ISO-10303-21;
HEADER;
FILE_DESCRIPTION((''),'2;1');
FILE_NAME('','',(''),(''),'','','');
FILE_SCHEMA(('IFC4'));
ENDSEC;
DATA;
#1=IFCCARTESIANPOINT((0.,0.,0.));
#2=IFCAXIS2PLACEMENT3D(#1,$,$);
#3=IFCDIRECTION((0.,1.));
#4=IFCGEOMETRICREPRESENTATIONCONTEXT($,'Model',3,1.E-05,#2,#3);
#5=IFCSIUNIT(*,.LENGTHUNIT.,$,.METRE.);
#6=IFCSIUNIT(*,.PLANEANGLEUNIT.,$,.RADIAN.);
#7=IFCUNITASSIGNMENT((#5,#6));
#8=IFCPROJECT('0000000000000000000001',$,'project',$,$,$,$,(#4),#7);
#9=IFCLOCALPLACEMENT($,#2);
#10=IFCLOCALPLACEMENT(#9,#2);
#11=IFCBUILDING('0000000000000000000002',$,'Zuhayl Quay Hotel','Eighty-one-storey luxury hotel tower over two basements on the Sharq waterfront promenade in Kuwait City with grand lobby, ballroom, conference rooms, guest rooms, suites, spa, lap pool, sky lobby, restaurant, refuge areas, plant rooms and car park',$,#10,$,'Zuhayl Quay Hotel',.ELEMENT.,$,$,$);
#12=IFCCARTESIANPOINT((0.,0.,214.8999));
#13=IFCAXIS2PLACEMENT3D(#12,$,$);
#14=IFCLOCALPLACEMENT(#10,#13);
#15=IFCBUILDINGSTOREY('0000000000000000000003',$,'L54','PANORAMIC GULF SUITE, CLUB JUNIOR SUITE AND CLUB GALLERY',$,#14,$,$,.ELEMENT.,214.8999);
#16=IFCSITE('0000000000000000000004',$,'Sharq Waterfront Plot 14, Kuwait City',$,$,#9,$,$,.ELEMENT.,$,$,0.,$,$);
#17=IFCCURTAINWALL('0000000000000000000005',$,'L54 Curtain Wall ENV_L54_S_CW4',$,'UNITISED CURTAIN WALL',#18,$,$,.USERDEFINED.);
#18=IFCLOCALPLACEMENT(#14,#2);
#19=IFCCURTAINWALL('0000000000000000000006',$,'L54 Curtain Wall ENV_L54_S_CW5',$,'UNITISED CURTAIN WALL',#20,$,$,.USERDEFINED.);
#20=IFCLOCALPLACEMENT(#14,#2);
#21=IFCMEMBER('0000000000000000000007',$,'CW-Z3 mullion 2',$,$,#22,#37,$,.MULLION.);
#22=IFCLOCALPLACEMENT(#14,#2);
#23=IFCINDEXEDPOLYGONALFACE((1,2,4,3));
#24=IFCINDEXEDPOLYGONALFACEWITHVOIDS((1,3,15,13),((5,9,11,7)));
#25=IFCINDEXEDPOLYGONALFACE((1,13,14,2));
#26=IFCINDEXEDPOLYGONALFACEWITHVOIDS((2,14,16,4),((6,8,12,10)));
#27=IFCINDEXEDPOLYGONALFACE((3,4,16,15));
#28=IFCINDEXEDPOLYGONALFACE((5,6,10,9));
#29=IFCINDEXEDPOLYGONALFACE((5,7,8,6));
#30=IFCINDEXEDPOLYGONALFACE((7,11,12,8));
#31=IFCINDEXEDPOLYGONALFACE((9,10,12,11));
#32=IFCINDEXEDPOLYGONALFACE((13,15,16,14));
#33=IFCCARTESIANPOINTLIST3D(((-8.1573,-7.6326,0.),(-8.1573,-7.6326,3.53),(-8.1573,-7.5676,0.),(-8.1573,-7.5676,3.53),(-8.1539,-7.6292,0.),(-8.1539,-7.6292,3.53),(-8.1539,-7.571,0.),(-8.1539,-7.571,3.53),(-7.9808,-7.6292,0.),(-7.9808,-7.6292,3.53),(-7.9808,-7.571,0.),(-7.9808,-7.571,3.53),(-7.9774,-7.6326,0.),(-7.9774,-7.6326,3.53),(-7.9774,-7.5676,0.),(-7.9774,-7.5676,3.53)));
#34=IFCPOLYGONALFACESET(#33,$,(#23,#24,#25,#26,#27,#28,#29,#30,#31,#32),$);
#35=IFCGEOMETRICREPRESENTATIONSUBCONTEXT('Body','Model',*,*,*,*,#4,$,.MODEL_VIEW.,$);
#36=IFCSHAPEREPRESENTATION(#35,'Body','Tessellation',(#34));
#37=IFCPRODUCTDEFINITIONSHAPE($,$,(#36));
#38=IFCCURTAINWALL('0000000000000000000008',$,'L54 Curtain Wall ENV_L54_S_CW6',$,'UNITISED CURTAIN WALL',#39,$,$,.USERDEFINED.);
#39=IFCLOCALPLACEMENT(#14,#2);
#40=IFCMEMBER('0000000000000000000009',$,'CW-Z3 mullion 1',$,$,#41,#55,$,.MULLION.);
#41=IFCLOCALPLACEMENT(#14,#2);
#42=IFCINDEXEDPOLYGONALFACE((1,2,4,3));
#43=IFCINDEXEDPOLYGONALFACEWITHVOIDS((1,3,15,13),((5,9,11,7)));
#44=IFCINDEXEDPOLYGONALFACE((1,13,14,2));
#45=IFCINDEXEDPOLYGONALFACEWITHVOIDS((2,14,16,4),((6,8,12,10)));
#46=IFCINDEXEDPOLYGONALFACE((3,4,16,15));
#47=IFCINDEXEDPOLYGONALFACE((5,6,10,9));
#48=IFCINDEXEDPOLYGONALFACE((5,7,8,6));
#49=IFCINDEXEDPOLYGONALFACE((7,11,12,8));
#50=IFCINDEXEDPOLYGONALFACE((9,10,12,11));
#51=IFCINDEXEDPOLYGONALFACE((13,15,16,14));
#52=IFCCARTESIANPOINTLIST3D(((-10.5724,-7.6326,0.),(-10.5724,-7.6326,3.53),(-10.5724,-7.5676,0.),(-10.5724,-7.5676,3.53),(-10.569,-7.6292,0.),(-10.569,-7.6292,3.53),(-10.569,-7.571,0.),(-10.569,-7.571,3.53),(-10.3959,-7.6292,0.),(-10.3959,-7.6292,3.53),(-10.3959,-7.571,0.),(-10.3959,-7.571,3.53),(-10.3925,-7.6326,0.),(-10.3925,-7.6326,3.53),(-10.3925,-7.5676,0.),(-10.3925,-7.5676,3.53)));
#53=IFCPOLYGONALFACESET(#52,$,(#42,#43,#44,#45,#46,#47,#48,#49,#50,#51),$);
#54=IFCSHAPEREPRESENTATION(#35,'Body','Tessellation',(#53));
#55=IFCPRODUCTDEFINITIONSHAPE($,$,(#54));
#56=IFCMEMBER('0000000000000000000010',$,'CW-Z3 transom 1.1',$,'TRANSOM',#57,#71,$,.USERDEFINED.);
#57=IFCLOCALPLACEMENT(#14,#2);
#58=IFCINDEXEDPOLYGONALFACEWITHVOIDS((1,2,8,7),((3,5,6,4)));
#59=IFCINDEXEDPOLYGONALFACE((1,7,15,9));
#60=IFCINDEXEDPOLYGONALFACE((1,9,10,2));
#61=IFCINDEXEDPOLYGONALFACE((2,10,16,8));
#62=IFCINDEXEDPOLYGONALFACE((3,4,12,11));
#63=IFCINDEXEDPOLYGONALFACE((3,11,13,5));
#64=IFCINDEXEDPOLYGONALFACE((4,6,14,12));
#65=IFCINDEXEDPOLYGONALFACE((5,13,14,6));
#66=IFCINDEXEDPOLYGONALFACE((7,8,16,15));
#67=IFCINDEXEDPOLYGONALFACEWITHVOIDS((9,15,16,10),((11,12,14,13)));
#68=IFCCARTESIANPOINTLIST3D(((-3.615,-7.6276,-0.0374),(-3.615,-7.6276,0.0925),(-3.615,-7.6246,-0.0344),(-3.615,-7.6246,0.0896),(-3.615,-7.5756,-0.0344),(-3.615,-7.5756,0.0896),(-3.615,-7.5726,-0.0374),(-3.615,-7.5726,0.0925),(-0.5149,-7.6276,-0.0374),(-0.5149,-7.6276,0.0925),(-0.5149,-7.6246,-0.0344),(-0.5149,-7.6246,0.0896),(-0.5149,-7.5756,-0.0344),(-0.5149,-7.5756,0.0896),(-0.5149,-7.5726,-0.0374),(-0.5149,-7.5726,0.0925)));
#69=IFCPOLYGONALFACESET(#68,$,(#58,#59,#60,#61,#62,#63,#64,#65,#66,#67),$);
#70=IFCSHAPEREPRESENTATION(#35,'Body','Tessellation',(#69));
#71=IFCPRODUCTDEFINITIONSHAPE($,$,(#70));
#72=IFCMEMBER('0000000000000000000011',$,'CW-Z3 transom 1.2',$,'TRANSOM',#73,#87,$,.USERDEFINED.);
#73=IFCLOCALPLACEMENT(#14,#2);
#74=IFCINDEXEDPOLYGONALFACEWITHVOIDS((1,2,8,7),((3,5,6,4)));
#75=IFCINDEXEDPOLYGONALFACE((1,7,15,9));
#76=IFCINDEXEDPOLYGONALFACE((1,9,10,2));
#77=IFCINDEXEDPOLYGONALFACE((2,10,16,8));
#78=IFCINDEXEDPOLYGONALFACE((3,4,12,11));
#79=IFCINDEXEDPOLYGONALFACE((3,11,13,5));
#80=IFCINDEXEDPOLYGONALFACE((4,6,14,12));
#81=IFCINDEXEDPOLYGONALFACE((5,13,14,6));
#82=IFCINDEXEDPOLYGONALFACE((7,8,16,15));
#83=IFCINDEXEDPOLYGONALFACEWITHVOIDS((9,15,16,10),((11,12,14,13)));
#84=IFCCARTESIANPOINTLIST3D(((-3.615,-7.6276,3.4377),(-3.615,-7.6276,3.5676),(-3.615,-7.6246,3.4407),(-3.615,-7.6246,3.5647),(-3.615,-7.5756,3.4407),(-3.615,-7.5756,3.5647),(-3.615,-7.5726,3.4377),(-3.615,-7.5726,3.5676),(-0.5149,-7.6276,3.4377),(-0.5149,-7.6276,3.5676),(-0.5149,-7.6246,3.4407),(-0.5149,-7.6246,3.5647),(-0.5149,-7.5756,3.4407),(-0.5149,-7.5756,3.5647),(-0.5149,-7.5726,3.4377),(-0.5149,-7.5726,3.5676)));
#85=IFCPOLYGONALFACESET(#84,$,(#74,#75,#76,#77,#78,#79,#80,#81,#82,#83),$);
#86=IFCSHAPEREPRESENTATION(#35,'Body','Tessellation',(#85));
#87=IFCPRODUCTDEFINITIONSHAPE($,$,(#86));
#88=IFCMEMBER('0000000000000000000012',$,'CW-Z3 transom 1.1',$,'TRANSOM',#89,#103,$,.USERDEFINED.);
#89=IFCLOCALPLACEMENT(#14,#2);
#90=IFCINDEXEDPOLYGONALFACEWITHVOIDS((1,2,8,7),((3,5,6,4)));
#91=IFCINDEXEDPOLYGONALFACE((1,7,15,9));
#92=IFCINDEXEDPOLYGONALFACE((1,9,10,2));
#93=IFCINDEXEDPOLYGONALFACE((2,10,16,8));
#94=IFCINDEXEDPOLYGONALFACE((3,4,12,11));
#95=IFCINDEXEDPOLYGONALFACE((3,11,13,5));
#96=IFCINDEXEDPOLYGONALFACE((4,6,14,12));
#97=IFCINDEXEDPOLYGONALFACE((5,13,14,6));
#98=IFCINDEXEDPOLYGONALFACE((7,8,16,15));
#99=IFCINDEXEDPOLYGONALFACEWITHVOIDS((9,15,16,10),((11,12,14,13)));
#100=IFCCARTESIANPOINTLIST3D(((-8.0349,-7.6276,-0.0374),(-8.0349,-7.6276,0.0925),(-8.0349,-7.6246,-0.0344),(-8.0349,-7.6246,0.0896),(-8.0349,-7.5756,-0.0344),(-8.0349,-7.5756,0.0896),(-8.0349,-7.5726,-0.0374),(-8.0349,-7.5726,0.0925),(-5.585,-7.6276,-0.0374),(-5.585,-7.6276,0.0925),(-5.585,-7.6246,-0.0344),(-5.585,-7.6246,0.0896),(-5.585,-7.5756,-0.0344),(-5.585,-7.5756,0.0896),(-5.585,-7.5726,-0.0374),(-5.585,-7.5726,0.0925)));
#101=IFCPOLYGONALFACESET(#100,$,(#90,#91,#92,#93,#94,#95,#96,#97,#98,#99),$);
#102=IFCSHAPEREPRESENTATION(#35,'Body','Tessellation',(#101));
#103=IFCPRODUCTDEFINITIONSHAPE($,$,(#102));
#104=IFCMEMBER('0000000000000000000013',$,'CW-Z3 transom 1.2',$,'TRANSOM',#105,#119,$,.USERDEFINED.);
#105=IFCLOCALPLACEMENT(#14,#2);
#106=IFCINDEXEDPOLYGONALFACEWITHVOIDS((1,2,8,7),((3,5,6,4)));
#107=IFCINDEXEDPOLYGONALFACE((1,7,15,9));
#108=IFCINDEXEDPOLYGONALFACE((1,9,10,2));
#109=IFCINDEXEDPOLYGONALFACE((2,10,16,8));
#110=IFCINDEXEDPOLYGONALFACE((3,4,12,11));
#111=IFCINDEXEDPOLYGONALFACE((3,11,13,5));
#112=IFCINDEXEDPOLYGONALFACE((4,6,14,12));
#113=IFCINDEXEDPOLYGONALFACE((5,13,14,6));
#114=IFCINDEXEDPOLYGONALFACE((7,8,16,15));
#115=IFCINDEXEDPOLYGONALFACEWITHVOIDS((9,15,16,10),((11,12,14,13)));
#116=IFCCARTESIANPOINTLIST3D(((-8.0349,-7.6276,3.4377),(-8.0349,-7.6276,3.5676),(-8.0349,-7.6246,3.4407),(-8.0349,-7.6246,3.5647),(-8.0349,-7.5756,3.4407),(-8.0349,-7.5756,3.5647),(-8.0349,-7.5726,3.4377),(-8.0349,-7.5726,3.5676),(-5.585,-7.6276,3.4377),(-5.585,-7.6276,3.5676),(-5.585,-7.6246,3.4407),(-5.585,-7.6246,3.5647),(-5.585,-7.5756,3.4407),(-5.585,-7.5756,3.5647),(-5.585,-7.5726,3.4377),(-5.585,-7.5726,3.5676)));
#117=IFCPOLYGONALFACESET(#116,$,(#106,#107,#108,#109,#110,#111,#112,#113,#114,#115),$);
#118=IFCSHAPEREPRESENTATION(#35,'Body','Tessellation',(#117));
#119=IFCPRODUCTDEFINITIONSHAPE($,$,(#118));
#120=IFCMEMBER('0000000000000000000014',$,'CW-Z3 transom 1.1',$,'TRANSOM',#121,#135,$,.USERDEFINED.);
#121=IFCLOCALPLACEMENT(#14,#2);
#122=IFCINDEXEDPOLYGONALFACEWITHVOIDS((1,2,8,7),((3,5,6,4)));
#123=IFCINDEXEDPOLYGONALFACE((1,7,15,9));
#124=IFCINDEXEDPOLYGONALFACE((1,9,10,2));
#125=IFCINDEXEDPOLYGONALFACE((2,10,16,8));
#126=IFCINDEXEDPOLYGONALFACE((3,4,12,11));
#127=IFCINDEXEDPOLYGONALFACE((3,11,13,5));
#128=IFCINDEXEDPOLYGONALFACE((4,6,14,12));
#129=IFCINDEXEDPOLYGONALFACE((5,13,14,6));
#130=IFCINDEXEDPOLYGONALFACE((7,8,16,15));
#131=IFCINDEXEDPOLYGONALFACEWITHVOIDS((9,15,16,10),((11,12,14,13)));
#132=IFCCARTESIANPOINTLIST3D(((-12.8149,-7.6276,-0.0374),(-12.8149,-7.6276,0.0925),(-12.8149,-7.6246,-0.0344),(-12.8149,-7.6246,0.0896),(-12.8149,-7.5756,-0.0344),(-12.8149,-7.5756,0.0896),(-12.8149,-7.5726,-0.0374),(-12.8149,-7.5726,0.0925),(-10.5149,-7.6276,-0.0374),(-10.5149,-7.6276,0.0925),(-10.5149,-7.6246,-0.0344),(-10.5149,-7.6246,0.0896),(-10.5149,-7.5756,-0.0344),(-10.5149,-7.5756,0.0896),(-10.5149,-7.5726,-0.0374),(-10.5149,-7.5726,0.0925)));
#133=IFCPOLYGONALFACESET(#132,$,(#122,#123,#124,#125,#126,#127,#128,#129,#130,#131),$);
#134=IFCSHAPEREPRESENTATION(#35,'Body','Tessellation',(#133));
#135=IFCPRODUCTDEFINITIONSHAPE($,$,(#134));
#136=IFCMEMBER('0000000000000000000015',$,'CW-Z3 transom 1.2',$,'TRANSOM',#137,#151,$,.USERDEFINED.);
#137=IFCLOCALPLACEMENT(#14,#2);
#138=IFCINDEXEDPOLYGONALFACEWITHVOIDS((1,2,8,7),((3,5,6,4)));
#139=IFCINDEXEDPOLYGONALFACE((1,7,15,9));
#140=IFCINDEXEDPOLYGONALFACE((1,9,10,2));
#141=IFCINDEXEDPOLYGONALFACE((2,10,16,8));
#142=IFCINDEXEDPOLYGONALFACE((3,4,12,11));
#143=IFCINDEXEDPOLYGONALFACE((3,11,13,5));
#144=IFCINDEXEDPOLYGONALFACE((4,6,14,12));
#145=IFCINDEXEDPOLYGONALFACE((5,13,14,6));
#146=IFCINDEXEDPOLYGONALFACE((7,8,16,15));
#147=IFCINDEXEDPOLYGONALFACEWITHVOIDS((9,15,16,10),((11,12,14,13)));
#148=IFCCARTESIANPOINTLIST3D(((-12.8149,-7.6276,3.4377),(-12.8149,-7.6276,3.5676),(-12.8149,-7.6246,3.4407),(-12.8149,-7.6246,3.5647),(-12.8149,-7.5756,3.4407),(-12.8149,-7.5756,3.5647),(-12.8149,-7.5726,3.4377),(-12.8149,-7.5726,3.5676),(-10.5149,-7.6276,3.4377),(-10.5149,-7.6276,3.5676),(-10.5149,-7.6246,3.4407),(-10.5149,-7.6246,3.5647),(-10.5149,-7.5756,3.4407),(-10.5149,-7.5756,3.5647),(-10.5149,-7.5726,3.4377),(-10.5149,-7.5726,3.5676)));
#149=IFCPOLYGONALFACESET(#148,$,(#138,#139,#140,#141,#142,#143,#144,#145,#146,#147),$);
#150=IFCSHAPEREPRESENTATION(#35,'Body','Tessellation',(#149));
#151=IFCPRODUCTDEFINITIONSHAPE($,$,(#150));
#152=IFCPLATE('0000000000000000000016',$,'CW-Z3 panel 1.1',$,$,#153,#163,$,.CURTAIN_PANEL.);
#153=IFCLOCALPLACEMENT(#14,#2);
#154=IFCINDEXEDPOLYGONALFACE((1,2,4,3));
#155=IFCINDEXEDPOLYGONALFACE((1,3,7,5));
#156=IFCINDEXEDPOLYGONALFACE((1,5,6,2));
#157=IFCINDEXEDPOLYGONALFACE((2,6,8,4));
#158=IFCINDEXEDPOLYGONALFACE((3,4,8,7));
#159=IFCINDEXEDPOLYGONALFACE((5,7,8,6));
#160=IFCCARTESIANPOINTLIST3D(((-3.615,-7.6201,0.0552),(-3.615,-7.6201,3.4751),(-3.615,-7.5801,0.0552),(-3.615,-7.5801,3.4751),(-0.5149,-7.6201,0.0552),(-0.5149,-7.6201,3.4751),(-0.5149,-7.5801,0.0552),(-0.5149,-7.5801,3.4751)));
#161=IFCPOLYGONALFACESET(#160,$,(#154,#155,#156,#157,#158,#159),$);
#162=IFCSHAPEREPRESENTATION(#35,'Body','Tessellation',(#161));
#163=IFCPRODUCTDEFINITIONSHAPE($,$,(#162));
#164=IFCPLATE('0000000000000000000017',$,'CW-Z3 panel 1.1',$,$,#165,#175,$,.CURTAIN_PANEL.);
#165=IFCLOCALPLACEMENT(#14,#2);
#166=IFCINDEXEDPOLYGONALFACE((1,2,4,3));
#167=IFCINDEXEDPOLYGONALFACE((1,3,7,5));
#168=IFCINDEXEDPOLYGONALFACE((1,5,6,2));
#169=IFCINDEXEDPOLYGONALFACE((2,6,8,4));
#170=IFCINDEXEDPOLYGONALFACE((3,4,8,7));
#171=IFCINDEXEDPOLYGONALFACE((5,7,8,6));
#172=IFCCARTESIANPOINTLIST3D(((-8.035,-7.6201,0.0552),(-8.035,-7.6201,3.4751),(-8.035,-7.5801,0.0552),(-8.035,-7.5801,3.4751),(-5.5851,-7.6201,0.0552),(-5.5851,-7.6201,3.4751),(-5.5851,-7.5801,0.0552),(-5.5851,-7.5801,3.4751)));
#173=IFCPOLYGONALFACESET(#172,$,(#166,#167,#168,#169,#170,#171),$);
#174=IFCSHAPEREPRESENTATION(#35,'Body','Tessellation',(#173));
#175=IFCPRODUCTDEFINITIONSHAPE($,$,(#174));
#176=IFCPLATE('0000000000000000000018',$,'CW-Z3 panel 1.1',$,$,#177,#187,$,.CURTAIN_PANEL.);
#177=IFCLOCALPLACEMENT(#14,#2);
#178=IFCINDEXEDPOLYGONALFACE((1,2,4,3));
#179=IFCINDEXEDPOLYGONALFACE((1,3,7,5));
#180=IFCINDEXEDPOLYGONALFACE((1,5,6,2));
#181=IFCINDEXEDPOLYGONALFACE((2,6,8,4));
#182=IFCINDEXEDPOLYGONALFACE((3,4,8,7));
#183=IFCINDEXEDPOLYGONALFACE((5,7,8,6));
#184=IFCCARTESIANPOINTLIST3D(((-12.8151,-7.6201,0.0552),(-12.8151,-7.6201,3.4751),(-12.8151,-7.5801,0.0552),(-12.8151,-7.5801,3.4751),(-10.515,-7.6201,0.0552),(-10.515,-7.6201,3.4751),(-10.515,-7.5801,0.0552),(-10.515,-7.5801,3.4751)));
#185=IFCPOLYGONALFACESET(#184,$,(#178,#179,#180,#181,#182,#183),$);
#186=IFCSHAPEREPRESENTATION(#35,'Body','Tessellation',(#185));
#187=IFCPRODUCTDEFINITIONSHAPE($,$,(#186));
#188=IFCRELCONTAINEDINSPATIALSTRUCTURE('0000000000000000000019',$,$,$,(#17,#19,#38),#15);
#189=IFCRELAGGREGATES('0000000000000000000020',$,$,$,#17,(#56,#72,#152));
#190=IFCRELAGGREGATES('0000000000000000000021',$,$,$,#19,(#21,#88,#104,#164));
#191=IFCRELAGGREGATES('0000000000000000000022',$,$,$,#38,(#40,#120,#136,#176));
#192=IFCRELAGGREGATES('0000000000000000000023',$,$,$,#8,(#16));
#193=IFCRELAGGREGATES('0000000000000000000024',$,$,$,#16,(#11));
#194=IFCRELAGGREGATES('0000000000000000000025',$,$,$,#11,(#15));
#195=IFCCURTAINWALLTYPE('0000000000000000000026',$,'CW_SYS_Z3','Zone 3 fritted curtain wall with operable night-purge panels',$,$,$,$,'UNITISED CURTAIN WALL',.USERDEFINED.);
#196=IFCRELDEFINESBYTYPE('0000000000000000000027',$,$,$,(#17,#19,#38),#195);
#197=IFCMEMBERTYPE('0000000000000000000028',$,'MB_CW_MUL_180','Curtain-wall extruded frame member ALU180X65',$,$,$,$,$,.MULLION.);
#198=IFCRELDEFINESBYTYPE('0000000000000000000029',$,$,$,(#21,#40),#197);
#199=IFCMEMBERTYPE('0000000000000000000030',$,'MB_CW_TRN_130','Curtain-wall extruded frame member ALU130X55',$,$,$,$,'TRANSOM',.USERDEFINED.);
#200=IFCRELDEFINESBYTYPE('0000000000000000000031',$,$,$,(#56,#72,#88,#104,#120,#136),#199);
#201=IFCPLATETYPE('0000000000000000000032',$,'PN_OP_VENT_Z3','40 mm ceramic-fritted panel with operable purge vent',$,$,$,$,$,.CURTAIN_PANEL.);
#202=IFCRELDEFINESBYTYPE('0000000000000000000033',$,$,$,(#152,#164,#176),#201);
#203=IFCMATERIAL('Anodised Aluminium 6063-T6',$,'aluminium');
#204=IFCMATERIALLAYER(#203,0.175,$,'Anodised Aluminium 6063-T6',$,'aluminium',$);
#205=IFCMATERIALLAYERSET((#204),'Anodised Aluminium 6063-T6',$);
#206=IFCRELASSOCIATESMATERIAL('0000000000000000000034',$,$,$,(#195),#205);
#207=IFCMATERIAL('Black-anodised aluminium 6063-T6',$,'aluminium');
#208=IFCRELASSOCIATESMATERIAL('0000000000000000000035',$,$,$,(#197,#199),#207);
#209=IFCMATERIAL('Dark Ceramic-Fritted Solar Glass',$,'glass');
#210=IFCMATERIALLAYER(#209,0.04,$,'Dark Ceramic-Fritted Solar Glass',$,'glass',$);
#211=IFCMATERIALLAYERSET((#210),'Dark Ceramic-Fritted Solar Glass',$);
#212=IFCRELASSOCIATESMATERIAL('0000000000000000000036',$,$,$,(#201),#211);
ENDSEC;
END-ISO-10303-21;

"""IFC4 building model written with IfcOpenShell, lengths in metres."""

from ifc_helpers import new_model, si_unit, direction, frame, origin, origin_2d, place, context, subcontext, project, spatial, rectangle, hollow_rectangle, extrude, material, layer, layer_set, material_profile, profile_set, type_object, element, aggregate, save


model = new_model("IFC4")

# Units and contexts
model_context = context("Model", 3, precision=1e-05, world=origin(), true_north=direction((0.0, 1.0)))
body_context = subcontext(model_context, "Body", "Model", "MODEL_VIEW")
ifc_project = project(units=[si_unit("LENGTHUNIT", "METRE"), si_unit("PLANEANGLEUNIT", "RADIAN")], contexts=[model_context])

# Site, building, storey
site_placement = place(None, origin())
site = spatial("IfcSite", under=ifc_project, at=site_placement, Name="Sharq Waterfront Plot 14, Kuwait City", CompositionType="ELEMENT", RefElevation=0.0)
building_placement = place(site_placement, origin())
building = spatial("IfcBuilding", under=site, at=building_placement, Name="Zuhayl Quay Hotel", Description="Eighty-one-storey luxury hotel tower over two basements on the Sharq waterfront promenade in Kuwait City with grand lobby, ballroom, conference rooms, guest rooms, suites, spa, lap pool, sky lobby, restaurant, refuge areas, plant rooms and car park", LongName="Zuhayl Quay Hotel", CompositionType="ELEMENT")
storey_placement = place(building_placement, frame((0.0, 0.0, 214.8999)))
storey = spatial("IfcBuildingStorey", under=building, at=storey_placement, Name="L54", Description="PANORAMIC GULF SUITE, CLUB JUNIOR SUITE AND CLUB GALLERY", CompositionType="ELEMENT", Elevation=214.8999)

# Curtain walls, member
ifc_material_1 = material(Name="Anodised Aluminium 6063-T6", Category="aluminium")
ifc_layer_1 = layer(ifc_material_1, 0.175, Name="Anodised Aluminium 6063-T6", Category="aluminium")
ifc_layer_set_1 = layer_set([ifc_layer_1], Name="Anodised Aluminium 6063-T6")
curtain_wall_type = type_object("IfcCurtainWallType", Name="CW_SYS_Z3", Description="Zone 3 fritted curtain wall with operable night-purge panels", ElementType="UNITISED CURTAIN WALL", PredefinedType="USERDEFINED", material=ifc_layer_set_1)
curtain_wall_1_placement = place(storey_placement, origin())
curtain_wall_1 = element("IfcCurtainWall", 1, at=curtain_wall_1_placement, inside=storey, type_object=curtain_wall_type, Name="L54 Curtain Wall ENV_L54_S_CW4", ObjectType="UNITISED CURTAIN WALL", PredefinedType="USERDEFINED")
ifc_material_2 = material(Name="Black-anodised aluminium 6063-T6", Category="aluminium")
ifc_material_profile_1 = material_profile(ifc_material_2, hollow_rectangle(XDim=0.0649, YDim=0.1799, WallThickness=0.0034, at=origin_2d()), Name="ALU180X65")
ifc_profile_set_1 = profile_set([ifc_material_profile_1], Name="Black-anodised aluminium 6063-T6")
member_type_1 = type_object("IfcMemberType", Name="MB_CW_MUL_180", Description="Curtain-wall extruded frame member ALU180X65", PredefinedType="MULLION", material=ifc_profile_set_1)
curtain_wall_2_placement = place(storey_placement, origin())
curtain_wall_2 = element("IfcCurtainWall", 2, at=curtain_wall_2_placement, inside=storey, type_object=curtain_wall_type, Name="L54 Curtain Wall ENV_L54_S_CW5", ObjectType="UNITISED CURTAIN WALL", PredefinedType="USERDEFINED")
member_1_placement = place(storey_placement, frame((-8.0674, -7.6001, 0.0), z_axis=(0.0, 0.0, 1.0), x_axis=(0.0, -1.0, 0.0)))
member_1 = element("IfcMember", 3, at=member_1_placement, type_object=member_type_1, Name="CW-Z3 mullion 2", PredefinedType="MULLION", context=body_context, shape_type="SweptSolid", body=[
    extrude(hollow_rectangle(XDim=0.0649, YDim=0.1799, WallThickness=0.0034, at=origin_2d()), origin(), (0.0, 0.0, 1.0), 3.53),
])

# Curtain wall, member
curtain_wall_3_placement = place(storey_placement, origin())
curtain_wall_3 = element("IfcCurtainWall", 4, at=curtain_wall_3_placement, inside=storey, type_object=curtain_wall_type, Name="L54 Curtain Wall ENV_L54_S_CW6", ObjectType="UNITISED CURTAIN WALL", PredefinedType="USERDEFINED")
member_2_placement = place(storey_placement, frame((-10.4824, -7.6001, 0.0), z_axis=(0.0, 0.0, 1.0), x_axis=(0.0, -1.0, 0.0)))
member_2 = element("IfcMember", 5, at=member_2_placement, type_object=member_type_1, Name="CW-Z3 mullion 1", PredefinedType="MULLION", context=body_context, shape_type="SweptSolid", body=[
    extrude(hollow_rectangle(XDim=0.0649, YDim=0.1799, WallThickness=0.0034, at=origin_2d()), origin(), (0.0, 0.0, 1.0), 3.53),
])

# Members
ifc_material_profile_2 = material_profile(ifc_material_2, hollow_rectangle(XDim=0.0549, YDim=0.1299, WallThickness=0.0029, at=origin_2d()), Name="ALU130X55")
ifc_profile_set_2 = profile_set([ifc_material_profile_2], Name="Black-anodised aluminium 6063-T6")
member_type_2 = type_object("IfcMemberType", Name="MB_CW_TRN_130", Description="Curtain-wall extruded frame member ALU130X55", ElementType="TRANSOM", PredefinedType="USERDEFINED", material=ifc_profile_set_2)
member_3_placement = place(storey_placement, frame((-0.5149, -7.6001, 0.0276), z_axis=(-1.0, 0.0, 0.0), x_axis=(0.0, -1.0, 0.0)))
member_3 = element("IfcMember", 6, at=member_3_placement, type_object=member_type_2, Name="CW-Z3 transom 1.1", ObjectType="TRANSOM", PredefinedType="USERDEFINED", context=body_context, shape_type="SweptSolid", body=[
    extrude(hollow_rectangle(XDim=0.0549, YDim=0.1299, WallThickness=0.0029, at=origin_2d()), origin(), (0.0, 0.0, 1.0), 3.1001),
])
member_4_placement = place(storey_placement, frame((-0.5149, -7.6001, 3.5027), z_axis=(-1.0, 0.0, 0.0), x_axis=(0.0, -1.0, 0.0)))
member_4 = element("IfcMember", 7, at=member_4_placement, type_object=member_type_2, Name="CW-Z3 transom 1.2", ObjectType="TRANSOM", PredefinedType="USERDEFINED", context=body_context, shape_type="SweptSolid", body=[
    extrude(hollow_rectangle(XDim=0.0549, YDim=0.1299, WallThickness=0.0029, at=origin_2d()), origin(), (0.0, 0.0, 1.0), 3.1001),
])
member_5_placement = place(storey_placement, frame((-5.585, -7.6001, 0.0276), z_axis=(-1.0, 0.0, 0.0), x_axis=(0.0, -1.0, 0.0)))
member_5 = element("IfcMember", 8, at=member_5_placement, type_object=member_type_2, Name="CW-Z3 transom 1.1", ObjectType="TRANSOM", PredefinedType="USERDEFINED", context=body_context, shape_type="SweptSolid", body=[
    extrude(hollow_rectangle(XDim=0.0549, YDim=0.1299, WallThickness=0.0029, at=origin_2d()), origin(), (0.0, 0.0, 1.0), 2.45),
])
member_6_placement = place(storey_placement, frame((-5.585, -7.6001, 3.5027), z_axis=(-1.0, 0.0, 0.0), x_axis=(0.0, -1.0, 0.0)))
member_6 = element("IfcMember", 9, at=member_6_placement, type_object=member_type_2, Name="CW-Z3 transom 1.2", ObjectType="TRANSOM", PredefinedType="USERDEFINED", context=body_context, shape_type="SweptSolid", body=[
    extrude(hollow_rectangle(XDim=0.0549, YDim=0.1299, WallThickness=0.0029, at=origin_2d()), origin(), (0.0, 0.0, 1.0), 2.45),
])
member_7_placement = place(storey_placement, frame((-10.5149, -7.6001, 0.0276), z_axis=(-1.0, 0.0, 0.0), x_axis=(0.0, -1.0, 0.0)))
member_7 = element("IfcMember", 10, at=member_7_placement, type_object=member_type_2, Name="CW-Z3 transom 1.1", ObjectType="TRANSOM", PredefinedType="USERDEFINED", context=body_context, shape_type="SweptSolid", body=[
    extrude(hollow_rectangle(XDim=0.0549, YDim=0.1299, WallThickness=0.0029, at=origin_2d()), origin(), (0.0, 0.0, 1.0), 2.3),
])
member_8_placement = place(storey_placement, frame((-10.5149, -7.6001, 3.5027), z_axis=(-1.0, 0.0, 0.0), x_axis=(0.0, -1.0, 0.0)))
member_8 = element("IfcMember", 11, at=member_8_placement, type_object=member_type_2, Name="CW-Z3 transom 1.2", ObjectType="TRANSOM", PredefinedType="USERDEFINED", context=body_context, shape_type="SweptSolid", body=[
    extrude(hollow_rectangle(XDim=0.0549, YDim=0.1299, WallThickness=0.0029, at=origin_2d()), origin(), (0.0, 0.0, 1.0), 2.3),
])

# Plates
ifc_material_3 = material(Name="Dark Ceramic-Fritted Solar Glass", Category="glass")
ifc_layer_2 = layer(ifc_material_3, 0.04, Name="Dark Ceramic-Fritted Solar Glass", Category="glass")
ifc_layer_set_2 = layer_set([ifc_layer_2], Name="Dark Ceramic-Fritted Solar Glass")
plate_type = type_object("IfcPlateType", Name="PN_OP_VENT_Z3", Description="40 mm ceramic-fritted panel with operable purge vent", PredefinedType="CURTAIN_PANEL", material=ifc_layer_set_2)
plate_1_placement = place(storey_placement, frame((-2.0649, -7.6001, 0.0552), z_axis=(0.0, 0.0, 1.0), x_axis=(-1.0, 0.0, 0.0)))
plate_1 = element("IfcPlate", 12, at=plate_1_placement, type_object=plate_type, Name="CW-Z3 panel 1.1", PredefinedType="CURTAIN_PANEL", context=body_context, shape_type="SweptSolid", body=[
    extrude(rectangle(XDim=3.1001, YDim=0.04, at=origin_2d()), origin(), (0.0, 0.0, 1.0), 3.4199),
])
aggregate(curtain_wall_1, [member_3, member_4, plate_1])
plate_2_placement = place(storey_placement, frame((-6.8101, -7.6001, 0.0552), z_axis=(0.0, 0.0, 1.0), x_axis=(-1.0, 0.0, 0.0)))
plate_2 = element("IfcPlate", 13, at=plate_2_placement, type_object=plate_type, Name="CW-Z3 panel 1.1", PredefinedType="CURTAIN_PANEL", context=body_context, shape_type="SweptSolid", body=[
    extrude(rectangle(XDim=2.45, YDim=0.04, at=origin_2d()), origin(), (0.0, 0.0, 1.0), 3.4199),
])
aggregate(curtain_wall_2, [member_1, member_5, member_6, plate_2])
plate_3_placement = place(storey_placement, frame((-11.665, -7.6001, 0.0552), z_axis=(0.0, 0.0, 1.0), x_axis=(-1.0, 0.0, 0.0)))
plate_3 = element("IfcPlate", 14, at=plate_3_placement, type_object=plate_type, Name="CW-Z3 panel 1.1", PredefinedType="CURTAIN_PANEL", context=body_context, shape_type="SweptSolid", body=[
    extrude(rectangle(XDim=2.3, YDim=0.04, at=origin_2d()), origin(), (0.0, 0.0, 1.0), 3.4199),
])
aggregate(curtain_wall_3, [member_2, member_7, member_8, plate_3])

save(model, "model.ifc")
